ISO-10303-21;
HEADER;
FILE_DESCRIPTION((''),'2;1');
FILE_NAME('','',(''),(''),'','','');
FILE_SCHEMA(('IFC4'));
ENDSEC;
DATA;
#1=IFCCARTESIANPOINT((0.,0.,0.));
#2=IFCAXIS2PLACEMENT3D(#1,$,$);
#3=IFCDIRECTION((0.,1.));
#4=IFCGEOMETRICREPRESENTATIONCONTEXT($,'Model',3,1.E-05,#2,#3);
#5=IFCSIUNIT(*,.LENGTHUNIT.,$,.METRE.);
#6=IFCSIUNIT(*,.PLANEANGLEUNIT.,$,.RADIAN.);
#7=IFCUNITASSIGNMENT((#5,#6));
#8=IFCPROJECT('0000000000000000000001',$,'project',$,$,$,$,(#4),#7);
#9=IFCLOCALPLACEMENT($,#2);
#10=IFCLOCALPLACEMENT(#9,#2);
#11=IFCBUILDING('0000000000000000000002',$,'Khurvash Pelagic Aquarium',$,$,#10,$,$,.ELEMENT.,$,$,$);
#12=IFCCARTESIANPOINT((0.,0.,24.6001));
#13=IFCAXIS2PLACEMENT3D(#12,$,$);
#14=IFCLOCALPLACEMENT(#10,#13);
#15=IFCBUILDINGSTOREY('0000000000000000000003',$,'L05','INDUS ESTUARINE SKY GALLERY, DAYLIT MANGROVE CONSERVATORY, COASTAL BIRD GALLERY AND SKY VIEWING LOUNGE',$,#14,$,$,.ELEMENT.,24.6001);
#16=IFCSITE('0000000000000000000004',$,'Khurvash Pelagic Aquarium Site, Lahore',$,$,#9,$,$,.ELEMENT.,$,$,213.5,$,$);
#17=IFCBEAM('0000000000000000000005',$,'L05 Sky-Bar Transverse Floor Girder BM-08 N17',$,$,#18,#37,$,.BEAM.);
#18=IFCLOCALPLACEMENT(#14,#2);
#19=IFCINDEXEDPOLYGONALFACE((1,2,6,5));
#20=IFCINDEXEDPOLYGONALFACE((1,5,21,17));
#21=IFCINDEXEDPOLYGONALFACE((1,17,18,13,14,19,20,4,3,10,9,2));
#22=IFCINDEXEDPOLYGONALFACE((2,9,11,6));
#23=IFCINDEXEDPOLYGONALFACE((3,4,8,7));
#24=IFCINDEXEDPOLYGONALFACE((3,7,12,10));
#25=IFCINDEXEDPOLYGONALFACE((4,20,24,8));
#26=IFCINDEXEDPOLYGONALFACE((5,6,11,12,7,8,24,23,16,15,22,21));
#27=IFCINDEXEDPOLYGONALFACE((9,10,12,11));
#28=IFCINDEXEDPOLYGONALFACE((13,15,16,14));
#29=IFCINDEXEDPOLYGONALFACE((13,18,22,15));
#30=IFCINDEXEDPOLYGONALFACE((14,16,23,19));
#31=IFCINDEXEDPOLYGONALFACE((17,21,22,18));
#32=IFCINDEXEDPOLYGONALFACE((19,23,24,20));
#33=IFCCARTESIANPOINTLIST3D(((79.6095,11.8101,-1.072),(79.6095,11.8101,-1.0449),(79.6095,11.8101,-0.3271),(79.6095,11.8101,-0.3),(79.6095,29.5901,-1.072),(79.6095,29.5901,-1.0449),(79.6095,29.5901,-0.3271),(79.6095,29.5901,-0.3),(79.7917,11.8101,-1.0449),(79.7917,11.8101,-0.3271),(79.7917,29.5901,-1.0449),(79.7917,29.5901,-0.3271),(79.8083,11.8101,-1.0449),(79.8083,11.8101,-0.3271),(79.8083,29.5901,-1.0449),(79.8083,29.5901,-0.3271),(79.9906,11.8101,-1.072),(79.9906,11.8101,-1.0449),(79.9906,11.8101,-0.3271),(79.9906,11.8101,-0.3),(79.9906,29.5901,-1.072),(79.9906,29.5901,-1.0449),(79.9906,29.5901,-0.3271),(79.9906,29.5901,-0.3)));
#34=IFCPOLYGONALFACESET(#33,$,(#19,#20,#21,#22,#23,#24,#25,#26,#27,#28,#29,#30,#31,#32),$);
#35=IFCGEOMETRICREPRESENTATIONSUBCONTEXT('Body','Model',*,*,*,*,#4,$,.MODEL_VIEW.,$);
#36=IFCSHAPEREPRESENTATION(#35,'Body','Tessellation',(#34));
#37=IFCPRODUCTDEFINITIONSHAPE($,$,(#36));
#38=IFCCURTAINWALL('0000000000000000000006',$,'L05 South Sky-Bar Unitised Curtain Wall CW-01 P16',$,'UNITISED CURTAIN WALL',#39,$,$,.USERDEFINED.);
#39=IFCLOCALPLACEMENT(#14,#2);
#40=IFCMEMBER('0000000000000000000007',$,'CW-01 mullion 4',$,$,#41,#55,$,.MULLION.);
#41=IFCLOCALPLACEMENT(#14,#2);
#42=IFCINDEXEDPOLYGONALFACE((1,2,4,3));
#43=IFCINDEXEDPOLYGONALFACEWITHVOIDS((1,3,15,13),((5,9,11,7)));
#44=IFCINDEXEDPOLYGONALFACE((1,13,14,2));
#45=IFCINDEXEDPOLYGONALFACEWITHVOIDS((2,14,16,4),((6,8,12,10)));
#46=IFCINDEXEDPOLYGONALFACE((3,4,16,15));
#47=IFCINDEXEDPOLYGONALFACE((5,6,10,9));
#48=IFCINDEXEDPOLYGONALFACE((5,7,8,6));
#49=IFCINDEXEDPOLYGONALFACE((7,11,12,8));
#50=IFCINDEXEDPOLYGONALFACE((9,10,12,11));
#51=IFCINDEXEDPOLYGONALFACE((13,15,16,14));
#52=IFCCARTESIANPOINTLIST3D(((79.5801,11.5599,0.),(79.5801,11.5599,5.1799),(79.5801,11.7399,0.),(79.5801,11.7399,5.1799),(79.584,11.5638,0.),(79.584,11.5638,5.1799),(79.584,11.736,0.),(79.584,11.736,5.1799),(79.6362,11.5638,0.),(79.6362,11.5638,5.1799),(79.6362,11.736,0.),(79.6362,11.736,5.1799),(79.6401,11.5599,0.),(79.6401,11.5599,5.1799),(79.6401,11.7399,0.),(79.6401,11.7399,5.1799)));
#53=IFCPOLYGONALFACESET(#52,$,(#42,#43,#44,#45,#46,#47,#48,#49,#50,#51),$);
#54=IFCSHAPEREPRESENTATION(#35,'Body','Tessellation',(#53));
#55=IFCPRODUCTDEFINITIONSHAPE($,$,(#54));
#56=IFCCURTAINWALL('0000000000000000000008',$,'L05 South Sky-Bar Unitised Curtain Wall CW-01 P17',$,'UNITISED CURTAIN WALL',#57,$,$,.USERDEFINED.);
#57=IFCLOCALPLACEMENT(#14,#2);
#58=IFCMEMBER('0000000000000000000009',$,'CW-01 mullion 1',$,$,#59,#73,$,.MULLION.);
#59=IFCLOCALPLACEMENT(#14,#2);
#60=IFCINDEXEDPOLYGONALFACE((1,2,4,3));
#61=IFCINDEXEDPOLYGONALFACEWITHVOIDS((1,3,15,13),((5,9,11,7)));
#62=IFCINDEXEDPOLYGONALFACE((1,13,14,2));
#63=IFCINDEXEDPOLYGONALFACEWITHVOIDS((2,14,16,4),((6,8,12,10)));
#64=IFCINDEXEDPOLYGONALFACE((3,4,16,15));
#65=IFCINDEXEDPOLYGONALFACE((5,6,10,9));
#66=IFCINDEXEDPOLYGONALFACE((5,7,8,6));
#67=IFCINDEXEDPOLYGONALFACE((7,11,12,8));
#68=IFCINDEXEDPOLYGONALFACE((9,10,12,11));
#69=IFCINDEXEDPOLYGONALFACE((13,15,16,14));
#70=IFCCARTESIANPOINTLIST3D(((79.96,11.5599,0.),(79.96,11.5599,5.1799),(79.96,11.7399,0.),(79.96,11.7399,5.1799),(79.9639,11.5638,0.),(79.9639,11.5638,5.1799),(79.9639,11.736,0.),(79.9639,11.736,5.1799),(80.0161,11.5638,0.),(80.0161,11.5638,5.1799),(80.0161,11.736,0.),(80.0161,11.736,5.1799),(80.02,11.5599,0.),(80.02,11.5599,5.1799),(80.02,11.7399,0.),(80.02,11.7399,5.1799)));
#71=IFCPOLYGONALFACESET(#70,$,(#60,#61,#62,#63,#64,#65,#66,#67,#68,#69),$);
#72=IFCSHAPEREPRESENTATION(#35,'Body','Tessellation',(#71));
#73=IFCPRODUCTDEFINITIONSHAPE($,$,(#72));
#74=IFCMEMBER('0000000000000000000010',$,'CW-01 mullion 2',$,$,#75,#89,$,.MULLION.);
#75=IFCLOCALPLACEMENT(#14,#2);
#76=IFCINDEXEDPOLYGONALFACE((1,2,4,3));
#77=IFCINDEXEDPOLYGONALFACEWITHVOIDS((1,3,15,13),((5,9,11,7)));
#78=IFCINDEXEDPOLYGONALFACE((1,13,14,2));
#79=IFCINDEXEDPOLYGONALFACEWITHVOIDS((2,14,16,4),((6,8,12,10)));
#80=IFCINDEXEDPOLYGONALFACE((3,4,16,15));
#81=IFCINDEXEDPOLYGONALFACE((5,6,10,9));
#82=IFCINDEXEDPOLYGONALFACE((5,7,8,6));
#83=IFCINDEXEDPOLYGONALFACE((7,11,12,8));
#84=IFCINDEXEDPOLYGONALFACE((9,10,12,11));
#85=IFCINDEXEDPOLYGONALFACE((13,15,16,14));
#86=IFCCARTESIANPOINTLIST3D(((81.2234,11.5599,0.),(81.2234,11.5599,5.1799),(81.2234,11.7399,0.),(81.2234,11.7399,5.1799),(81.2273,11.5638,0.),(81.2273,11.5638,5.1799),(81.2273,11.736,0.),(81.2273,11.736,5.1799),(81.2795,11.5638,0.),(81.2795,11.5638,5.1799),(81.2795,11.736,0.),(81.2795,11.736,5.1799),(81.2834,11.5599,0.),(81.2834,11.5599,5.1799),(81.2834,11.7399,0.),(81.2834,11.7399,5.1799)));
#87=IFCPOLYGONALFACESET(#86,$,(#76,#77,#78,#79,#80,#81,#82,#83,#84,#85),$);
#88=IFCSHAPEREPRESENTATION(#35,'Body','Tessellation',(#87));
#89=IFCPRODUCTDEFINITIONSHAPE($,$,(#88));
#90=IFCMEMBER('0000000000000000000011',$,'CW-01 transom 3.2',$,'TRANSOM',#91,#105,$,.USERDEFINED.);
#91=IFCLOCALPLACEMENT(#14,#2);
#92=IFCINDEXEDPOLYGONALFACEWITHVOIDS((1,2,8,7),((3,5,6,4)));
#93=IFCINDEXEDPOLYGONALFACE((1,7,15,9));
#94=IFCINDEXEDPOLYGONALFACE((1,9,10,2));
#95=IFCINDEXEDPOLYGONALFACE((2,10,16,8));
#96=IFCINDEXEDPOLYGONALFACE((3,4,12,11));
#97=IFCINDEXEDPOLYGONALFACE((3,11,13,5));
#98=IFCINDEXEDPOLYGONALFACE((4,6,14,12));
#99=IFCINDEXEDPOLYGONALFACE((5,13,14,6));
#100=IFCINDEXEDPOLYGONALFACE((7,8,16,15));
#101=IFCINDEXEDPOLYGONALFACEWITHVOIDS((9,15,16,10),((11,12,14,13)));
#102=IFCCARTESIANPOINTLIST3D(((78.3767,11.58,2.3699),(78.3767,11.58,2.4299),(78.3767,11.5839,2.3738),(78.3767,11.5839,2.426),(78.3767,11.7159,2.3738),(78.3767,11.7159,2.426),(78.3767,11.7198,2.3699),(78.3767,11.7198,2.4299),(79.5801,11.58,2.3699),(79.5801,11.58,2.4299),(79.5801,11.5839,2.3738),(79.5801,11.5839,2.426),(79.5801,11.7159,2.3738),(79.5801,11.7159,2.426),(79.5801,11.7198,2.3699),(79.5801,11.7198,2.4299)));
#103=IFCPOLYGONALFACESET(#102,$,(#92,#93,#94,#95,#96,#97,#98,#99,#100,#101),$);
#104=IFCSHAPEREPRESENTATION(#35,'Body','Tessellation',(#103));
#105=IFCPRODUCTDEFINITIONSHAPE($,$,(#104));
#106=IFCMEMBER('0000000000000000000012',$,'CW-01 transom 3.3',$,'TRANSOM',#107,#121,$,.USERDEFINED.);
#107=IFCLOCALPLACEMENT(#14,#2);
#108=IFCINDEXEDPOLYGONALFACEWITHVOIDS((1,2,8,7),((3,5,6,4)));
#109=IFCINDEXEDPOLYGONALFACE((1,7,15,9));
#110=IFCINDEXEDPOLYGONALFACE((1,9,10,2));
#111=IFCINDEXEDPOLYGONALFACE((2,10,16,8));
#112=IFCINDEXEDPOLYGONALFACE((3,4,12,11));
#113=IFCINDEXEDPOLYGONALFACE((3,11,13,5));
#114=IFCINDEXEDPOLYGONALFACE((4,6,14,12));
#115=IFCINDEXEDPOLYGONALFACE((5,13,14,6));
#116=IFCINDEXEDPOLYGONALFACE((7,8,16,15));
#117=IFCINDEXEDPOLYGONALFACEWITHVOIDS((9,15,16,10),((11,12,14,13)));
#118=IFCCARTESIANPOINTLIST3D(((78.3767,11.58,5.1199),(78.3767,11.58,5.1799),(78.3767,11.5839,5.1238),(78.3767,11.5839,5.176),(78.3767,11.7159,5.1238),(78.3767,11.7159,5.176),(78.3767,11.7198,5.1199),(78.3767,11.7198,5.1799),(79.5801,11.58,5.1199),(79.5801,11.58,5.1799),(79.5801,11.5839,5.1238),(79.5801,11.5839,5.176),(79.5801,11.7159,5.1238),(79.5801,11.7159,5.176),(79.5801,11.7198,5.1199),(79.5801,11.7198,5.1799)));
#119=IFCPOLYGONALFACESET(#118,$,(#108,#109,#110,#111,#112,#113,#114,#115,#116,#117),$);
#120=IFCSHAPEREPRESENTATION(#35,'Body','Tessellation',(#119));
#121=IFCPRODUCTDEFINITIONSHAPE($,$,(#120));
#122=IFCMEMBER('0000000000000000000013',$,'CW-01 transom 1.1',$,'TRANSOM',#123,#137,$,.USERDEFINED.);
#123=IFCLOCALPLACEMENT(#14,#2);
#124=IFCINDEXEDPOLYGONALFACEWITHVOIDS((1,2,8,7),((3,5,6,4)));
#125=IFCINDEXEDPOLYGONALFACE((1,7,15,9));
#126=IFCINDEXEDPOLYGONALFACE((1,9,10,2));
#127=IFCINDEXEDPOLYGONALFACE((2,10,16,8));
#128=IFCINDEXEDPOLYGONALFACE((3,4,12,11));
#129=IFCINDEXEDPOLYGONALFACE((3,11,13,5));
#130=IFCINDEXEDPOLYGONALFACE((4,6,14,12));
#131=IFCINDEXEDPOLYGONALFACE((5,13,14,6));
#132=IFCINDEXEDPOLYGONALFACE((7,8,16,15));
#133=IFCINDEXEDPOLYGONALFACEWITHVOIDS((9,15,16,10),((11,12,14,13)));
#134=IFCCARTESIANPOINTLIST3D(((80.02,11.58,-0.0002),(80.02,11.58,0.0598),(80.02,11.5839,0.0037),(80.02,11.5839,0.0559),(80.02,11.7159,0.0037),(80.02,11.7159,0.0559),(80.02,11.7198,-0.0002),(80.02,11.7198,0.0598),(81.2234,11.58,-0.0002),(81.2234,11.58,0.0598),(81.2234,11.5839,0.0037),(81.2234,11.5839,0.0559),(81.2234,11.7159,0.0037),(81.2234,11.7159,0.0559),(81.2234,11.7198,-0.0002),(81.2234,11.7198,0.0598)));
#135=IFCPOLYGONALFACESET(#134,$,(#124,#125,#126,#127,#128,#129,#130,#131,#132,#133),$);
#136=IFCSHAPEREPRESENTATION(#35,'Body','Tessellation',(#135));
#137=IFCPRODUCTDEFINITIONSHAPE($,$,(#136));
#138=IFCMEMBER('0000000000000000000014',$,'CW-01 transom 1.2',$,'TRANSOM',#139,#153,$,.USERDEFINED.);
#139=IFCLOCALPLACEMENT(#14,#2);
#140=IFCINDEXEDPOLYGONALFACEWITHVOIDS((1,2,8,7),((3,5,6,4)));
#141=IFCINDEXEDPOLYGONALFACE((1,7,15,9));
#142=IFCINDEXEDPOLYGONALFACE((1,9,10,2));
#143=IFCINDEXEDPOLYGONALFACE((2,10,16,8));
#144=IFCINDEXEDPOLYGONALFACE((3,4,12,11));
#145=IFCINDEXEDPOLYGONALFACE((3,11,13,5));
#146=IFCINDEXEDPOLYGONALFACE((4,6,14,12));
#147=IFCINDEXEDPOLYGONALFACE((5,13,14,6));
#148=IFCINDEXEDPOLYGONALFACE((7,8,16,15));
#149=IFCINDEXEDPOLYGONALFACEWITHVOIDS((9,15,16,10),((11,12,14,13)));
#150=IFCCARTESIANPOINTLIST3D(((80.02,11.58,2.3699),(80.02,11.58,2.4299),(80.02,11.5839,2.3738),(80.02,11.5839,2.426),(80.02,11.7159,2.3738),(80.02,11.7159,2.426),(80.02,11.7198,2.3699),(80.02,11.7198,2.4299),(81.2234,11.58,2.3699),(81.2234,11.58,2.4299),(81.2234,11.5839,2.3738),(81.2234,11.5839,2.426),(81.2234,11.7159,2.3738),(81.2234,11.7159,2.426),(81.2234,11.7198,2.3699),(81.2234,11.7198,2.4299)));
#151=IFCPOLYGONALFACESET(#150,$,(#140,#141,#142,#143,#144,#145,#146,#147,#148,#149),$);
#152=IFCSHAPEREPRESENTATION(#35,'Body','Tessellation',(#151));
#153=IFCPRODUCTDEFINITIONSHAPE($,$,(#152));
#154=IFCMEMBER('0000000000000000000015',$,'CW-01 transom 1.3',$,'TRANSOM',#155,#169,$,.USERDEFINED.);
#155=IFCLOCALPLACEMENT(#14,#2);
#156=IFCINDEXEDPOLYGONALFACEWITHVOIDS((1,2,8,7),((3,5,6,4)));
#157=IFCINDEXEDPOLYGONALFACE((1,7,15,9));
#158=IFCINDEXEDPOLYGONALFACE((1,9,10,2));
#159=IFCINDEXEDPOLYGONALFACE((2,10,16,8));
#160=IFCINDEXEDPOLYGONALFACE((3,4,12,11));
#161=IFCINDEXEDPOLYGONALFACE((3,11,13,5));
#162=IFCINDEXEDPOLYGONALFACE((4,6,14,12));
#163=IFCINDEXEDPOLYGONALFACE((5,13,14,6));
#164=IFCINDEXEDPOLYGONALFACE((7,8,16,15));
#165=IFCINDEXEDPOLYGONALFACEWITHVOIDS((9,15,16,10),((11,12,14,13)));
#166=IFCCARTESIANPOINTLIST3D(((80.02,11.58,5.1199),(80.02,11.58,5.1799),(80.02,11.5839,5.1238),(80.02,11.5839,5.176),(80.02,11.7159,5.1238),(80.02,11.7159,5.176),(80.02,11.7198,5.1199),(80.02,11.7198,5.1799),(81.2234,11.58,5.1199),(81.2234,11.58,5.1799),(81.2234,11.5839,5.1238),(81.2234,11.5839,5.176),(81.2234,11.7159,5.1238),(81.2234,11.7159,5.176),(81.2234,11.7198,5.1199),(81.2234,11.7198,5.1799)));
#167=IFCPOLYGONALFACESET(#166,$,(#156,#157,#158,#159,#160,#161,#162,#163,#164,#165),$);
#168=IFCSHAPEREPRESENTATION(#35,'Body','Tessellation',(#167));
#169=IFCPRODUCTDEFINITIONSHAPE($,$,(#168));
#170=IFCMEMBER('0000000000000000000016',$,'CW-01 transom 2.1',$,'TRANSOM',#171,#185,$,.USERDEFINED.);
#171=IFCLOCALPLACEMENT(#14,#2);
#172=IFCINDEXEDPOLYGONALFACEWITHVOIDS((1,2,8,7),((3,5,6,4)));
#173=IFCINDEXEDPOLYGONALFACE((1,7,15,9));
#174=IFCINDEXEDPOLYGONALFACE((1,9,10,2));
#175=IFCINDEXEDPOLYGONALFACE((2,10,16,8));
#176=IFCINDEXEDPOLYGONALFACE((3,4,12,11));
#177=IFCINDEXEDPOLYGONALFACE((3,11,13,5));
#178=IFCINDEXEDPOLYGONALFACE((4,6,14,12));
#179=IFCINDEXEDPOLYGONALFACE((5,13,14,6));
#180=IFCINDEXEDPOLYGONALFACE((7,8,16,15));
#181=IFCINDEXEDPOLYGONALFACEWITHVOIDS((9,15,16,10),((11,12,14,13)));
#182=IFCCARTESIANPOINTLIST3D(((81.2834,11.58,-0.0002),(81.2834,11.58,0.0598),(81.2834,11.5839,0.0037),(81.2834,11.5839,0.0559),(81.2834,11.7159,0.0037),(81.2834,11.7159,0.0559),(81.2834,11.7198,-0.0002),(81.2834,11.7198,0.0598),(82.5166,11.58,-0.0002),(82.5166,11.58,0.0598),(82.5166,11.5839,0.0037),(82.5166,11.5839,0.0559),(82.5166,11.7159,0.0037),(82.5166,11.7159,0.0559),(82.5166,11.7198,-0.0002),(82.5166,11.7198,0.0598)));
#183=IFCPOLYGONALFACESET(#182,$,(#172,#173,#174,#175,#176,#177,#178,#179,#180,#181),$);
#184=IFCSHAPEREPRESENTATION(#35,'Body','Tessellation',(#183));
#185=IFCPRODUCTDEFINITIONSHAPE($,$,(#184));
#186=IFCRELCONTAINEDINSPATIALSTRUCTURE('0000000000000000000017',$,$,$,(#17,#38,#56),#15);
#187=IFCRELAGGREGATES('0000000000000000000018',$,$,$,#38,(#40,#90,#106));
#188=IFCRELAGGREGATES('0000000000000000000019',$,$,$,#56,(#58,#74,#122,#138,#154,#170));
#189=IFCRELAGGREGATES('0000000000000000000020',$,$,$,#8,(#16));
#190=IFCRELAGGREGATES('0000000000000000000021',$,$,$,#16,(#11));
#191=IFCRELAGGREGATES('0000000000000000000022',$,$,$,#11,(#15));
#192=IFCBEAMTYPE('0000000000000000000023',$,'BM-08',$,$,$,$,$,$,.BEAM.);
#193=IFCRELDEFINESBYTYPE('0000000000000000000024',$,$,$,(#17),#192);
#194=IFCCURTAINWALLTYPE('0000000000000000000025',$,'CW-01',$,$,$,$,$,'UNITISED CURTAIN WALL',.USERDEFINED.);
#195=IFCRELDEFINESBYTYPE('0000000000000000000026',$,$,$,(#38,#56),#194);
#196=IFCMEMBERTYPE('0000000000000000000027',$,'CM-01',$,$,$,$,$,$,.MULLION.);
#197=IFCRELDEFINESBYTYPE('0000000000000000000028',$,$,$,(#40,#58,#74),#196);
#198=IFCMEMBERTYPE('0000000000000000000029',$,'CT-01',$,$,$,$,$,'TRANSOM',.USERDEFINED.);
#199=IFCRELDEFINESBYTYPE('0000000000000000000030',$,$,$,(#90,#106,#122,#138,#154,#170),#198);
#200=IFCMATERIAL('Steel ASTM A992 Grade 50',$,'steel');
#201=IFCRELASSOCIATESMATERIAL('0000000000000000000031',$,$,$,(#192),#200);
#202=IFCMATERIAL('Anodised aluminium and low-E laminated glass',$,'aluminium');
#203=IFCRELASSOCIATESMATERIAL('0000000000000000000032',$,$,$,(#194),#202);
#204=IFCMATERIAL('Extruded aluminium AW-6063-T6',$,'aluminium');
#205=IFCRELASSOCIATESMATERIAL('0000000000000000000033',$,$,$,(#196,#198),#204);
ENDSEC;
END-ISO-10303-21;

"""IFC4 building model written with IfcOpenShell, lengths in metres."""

from ifc_helpers import new_model, si_unit, direction, frame, origin, origin_2d, place, context, subcontext, project, spatial, hollow_rectangle, i_section, extrude, material, material_profile, profile_set, type_object, element, aggregate, save


model = new_model("IFC4")

# Units and contexts
model_context = context("Model", 3, precision=1e-05, world=origin(), true_north=direction((0.0, 1.0)))
body_context = subcontext(model_context, "Body", "Model", "MODEL_VIEW")
ifc_project = project(units=[si_unit("LENGTHUNIT", "METRE"), si_unit("PLANEANGLEUNIT", "RADIAN")], contexts=[model_context])

# Site, building, storey
site_placement = place(None, origin())
site = spatial("IfcSite", under=ifc_project, at=site_placement, Name="Khurvash Pelagic Aquarium Site, Lahore", CompositionType="ELEMENT", RefElevation=213.5)
building_placement = place(site_placement, origin())
building = spatial("IfcBuilding", under=site, at=building_placement, Name="Khurvash Pelagic Aquarium", CompositionType="ELEMENT")
storey_placement = place(building_placement, frame((0.0, 0.0, 24.6001)))
storey = spatial("IfcBuildingStorey", under=building, at=storey_placement, Name="L05", Description="INDUS ESTUARINE SKY GALLERY, DAYLIT MANGROVE CONSERVATORY, COASTAL BIRD GALLERY AND SKY VIEWING LOUNGE", CompositionType="ELEMENT", Elevation=24.6001)

# Beam
ifc_material_1 = material(Name="Steel ASTM A992 Grade 50", Category="steel")
ifc_material_profile_1 = material_profile(ifc_material_1, i_section(OverallWidth=0.3811, OverallDepth=0.772, WebThickness=0.0166, FlangeThickness=0.0271, at=origin_2d()), Name="W30X173")
ifc_profile_set_1 = profile_set([ifc_material_profile_1], Name="Steel ASTM A992 Grade 50")
beam_type_1 = type_object("IfcBeamType", Name="BM-08", PredefinedType="BEAM", material=ifc_profile_set_1)
beam_placement = place(storey_placement, frame((79.8, 11.8101, -0.686), z_axis=(0.0, 1.0, 0.0), x_axis=(-1.0, 0.0, 0.0)))
element("IfcBeam", 1, at=beam_placement, inside=storey, type_object=beam_type_1, Name="L05 Sky-Bar Transverse Floor Girder BM-08 N17", PredefinedType="BEAM", context=body_context, shape_type="SweptSolid", body=[
    extrude(i_section(OverallWidth=0.3811, OverallDepth=0.772, WebThickness=0.0166, FlangeThickness=0.0271, at=origin_2d()), origin(), (0.0, 0.0, 1.0), 17.78),
])

# Curtain wall, member
ifc_material_2 = material(Name="Anodised aluminium and low-E laminated glass", Category="aluminium")
curtain_wall_type = type_object("IfcCurtainWallType", Name="CW-01", ElementType="UNITISED CURTAIN WALL", PredefinedType="USERDEFINED", material=ifc_material_2)
curtain_wall_1_placement = place(storey_placement, origin())
curtain_wall_1 = element("IfcCurtainWall", 2, at=curtain_wall_1_placement, inside=storey, type_object=curtain_wall_type, Name="L05 South Sky-Bar Unitised Curtain Wall CW-01 P16", ObjectType="UNITISED CURTAIN WALL", PredefinedType="USERDEFINED")
ifc_material_3 = material(Name="Extruded aluminium AW-6063-T6", Category="aluminium")
ifc_material_profile_2 = material_profile(ifc_material_3, hollow_rectangle(XDim=0.0601, YDim=0.1799, WallThickness=0.0039, at=origin_2d()), Name="CWM60X180X4")
ifc_profile_set_2 = profile_set([ifc_material_profile_2], Name="Extruded aluminium AW-6063-T6")
member_type_1 = type_object("IfcMemberType", Name="CM-01", PredefinedType="MULLION", material=ifc_profile_set_2)
member_1_placement = place(storey_placement, frame((79.6101, 11.6499, 0.0), z_axis=(0.0, 0.0, 1.0), x_axis=(1.0, 0.0, 0.0)))
member_1 = element("IfcMember", 3, at=member_1_placement, type_object=member_type_1, Name="CW-01 mullion 4", PredefinedType="MULLION", context=body_context, shape_type="SweptSolid", body=[
    extrude(hollow_rectangle(XDim=0.0601, YDim=0.1799, WallThickness=0.0039, at=origin_2d()), origin(), (0.0, 0.0, 1.0), 5.1799),
])

# Curtain wall, members
curtain_wall_2_placement = place(storey_placement, origin())
curtain_wall_2 = element("IfcCurtainWall", 4, at=curtain_wall_2_placement, inside=storey, type_object=curtain_wall_type, Name="L05 South Sky-Bar Unitised Curtain Wall CW-01 P17", ObjectType="UNITISED CURTAIN WALL", PredefinedType="USERDEFINED")
member_2_placement = place(storey_placement, frame((79.99, 11.6499, 0.0), z_axis=(0.0, 0.0, 1.0), x_axis=(1.0, 0.0, 0.0)))
member_2 = element("IfcMember", 5, at=member_2_placement, type_object=member_type_1, Name="CW-01 mullion 1", PredefinedType="MULLION", context=body_context, shape_type="SweptSolid", body=[
    extrude(hollow_rectangle(XDim=0.0601, YDim=0.1799, WallThickness=0.0039, at=origin_2d()), origin(), (0.0, 0.0, 1.0), 5.1799),
])
member_3_placement = place(storey_placement, frame((81.2534, 11.6499, 0.0), z_axis=(0.0, 0.0, 1.0), x_axis=(1.0, 0.0, 0.0)))
member_3 = element("IfcMember", 6, at=member_3_placement, type_object=member_type_1, Name="CW-01 mullion 2", PredefinedType="MULLION", context=body_context, shape_type="SweptSolid", body=[
    extrude(hollow_rectangle(XDim=0.0601, YDim=0.1799, WallThickness=0.0039, at=origin_2d()), origin(), (0.0, 0.0, 1.0), 5.1799),
])

# Members
ifc_material_profile_3 = material_profile(ifc_material_3, hollow_rectangle(XDim=0.1399, YDim=0.0601, WallThickness=0.0039, at=origin_2d()), Name="CWT140X60X4")
ifc_profile_set_3 = profile_set([ifc_material_profile_3], Name="Extruded aluminium AW-6063-T6")
member_type_2 = type_object("IfcMemberType", Name="CT-01", ElementType="TRANSOM", PredefinedType="USERDEFINED", material=ifc_profile_set_3)
member_4_placement = place(storey_placement, frame((78.3767, 11.6499, 2.3999), z_axis=(1.0, 0.0, 0.0), x_axis=(0.0, 1.0, 0.0)))
member_4 = element("IfcMember", 7, at=member_4_placement, type_object=member_type_2, Name="CW-01 transom 3.2", ObjectType="TRANSOM", PredefinedType="USERDEFINED", context=body_context, shape_type="SweptSolid", body=[
    extrude(hollow_rectangle(XDim=0.1399, YDim=0.0601, WallThickness=0.0039, at=origin_2d()), origin(), (0.0, 0.0, 1.0), 1.2034),
])
member_5_placement = place(storey_placement, frame((78.3767, 11.6499, 5.1499), z_axis=(1.0, 0.0, 0.0), x_axis=(0.0, 1.0, 0.0)))
member_5 = element("IfcMember", 8, at=member_5_placement, type_object=member_type_2, Name="CW-01 transom 3.3", ObjectType="TRANSOM", PredefinedType="USERDEFINED", context=body_context, shape_type="SweptSolid", body=[
    extrude(hollow_rectangle(XDim=0.1399, YDim=0.0601, WallThickness=0.0039, at=origin_2d()), origin(), (0.0, 0.0, 1.0), 1.2034),
])
member_6_placement = place(storey_placement, frame((80.02, 11.6499, 0.0298), z_axis=(1.0, 0.0, 0.0), x_axis=(0.0, 1.0, 0.0)))
member_6 = element("IfcMember", 9, at=member_6_placement, type_object=member_type_2, Name="CW-01 transom 1.1", ObjectType="TRANSOM", PredefinedType="USERDEFINED", context=body_context, shape_type="SweptSolid", body=[
    extrude(hollow_rectangle(XDim=0.1399, YDim=0.0601, WallThickness=0.0039, at=origin_2d()), origin(), (0.0, 0.0, 1.0), 1.2034),
])
member_7_placement = place(storey_placement, frame((80.02, 11.6499, 2.3999), z_axis=(1.0, 0.0, 0.0), x_axis=(0.0, 1.0, 0.0)))
member_7 = element("IfcMember", 10, at=member_7_placement, type_object=member_type_2, Name="CW-01 transom 1.2", ObjectType="TRANSOM", PredefinedType="USERDEFINED", context=body_context, shape_type="SweptSolid", body=[
    extrude(hollow_rectangle(XDim=0.1399, YDim=0.0601, WallThickness=0.0039, at=origin_2d()), origin(), (0.0, 0.0, 1.0), 1.2034),
])
member_8_placement = place(storey_placement, frame((80.02, 11.6499, 5.1499), z_axis=(1.0, 0.0, 0.0), x_axis=(0.0, 1.0, 0.0)))
member_8 = element("IfcMember", 11, at=member_8_placement, type_object=member_type_2, Name="CW-01 transom 1.3", ObjectType="TRANSOM", PredefinedType="USERDEFINED", context=body_context, shape_type="SweptSolid", body=[
    extrude(hollow_rectangle(XDim=0.1399, YDim=0.0601, WallThickness=0.0039, at=origin_2d()), origin(), (0.0, 0.0, 1.0), 1.2034),
])
member_9_placement = place(storey_placement, frame((81.2834, 11.6499, 0.0298), z_axis=(1.0, 0.0, 0.0), x_axis=(0.0, 1.0, 0.0)))
member_9 = element("IfcMember", 12, at=member_9_placement, type_object=member_type_2, Name="CW-01 transom 2.1", ObjectType="TRANSOM", PredefinedType="USERDEFINED", context=body_context, shape_type="SweptSolid", body=[
    extrude(hollow_rectangle(XDim=0.1399, YDim=0.0601, WallThickness=0.0039, at=origin_2d()), origin(), (0.0, 0.0, 1.0), 1.2332),
])

aggregate(curtain_wall_1, [member_1, member_4, member_5])
aggregate(curtain_wall_2, [member_2, member_3, member_6, member_7, member_8, member_9])

save(model, "model.ifc")
